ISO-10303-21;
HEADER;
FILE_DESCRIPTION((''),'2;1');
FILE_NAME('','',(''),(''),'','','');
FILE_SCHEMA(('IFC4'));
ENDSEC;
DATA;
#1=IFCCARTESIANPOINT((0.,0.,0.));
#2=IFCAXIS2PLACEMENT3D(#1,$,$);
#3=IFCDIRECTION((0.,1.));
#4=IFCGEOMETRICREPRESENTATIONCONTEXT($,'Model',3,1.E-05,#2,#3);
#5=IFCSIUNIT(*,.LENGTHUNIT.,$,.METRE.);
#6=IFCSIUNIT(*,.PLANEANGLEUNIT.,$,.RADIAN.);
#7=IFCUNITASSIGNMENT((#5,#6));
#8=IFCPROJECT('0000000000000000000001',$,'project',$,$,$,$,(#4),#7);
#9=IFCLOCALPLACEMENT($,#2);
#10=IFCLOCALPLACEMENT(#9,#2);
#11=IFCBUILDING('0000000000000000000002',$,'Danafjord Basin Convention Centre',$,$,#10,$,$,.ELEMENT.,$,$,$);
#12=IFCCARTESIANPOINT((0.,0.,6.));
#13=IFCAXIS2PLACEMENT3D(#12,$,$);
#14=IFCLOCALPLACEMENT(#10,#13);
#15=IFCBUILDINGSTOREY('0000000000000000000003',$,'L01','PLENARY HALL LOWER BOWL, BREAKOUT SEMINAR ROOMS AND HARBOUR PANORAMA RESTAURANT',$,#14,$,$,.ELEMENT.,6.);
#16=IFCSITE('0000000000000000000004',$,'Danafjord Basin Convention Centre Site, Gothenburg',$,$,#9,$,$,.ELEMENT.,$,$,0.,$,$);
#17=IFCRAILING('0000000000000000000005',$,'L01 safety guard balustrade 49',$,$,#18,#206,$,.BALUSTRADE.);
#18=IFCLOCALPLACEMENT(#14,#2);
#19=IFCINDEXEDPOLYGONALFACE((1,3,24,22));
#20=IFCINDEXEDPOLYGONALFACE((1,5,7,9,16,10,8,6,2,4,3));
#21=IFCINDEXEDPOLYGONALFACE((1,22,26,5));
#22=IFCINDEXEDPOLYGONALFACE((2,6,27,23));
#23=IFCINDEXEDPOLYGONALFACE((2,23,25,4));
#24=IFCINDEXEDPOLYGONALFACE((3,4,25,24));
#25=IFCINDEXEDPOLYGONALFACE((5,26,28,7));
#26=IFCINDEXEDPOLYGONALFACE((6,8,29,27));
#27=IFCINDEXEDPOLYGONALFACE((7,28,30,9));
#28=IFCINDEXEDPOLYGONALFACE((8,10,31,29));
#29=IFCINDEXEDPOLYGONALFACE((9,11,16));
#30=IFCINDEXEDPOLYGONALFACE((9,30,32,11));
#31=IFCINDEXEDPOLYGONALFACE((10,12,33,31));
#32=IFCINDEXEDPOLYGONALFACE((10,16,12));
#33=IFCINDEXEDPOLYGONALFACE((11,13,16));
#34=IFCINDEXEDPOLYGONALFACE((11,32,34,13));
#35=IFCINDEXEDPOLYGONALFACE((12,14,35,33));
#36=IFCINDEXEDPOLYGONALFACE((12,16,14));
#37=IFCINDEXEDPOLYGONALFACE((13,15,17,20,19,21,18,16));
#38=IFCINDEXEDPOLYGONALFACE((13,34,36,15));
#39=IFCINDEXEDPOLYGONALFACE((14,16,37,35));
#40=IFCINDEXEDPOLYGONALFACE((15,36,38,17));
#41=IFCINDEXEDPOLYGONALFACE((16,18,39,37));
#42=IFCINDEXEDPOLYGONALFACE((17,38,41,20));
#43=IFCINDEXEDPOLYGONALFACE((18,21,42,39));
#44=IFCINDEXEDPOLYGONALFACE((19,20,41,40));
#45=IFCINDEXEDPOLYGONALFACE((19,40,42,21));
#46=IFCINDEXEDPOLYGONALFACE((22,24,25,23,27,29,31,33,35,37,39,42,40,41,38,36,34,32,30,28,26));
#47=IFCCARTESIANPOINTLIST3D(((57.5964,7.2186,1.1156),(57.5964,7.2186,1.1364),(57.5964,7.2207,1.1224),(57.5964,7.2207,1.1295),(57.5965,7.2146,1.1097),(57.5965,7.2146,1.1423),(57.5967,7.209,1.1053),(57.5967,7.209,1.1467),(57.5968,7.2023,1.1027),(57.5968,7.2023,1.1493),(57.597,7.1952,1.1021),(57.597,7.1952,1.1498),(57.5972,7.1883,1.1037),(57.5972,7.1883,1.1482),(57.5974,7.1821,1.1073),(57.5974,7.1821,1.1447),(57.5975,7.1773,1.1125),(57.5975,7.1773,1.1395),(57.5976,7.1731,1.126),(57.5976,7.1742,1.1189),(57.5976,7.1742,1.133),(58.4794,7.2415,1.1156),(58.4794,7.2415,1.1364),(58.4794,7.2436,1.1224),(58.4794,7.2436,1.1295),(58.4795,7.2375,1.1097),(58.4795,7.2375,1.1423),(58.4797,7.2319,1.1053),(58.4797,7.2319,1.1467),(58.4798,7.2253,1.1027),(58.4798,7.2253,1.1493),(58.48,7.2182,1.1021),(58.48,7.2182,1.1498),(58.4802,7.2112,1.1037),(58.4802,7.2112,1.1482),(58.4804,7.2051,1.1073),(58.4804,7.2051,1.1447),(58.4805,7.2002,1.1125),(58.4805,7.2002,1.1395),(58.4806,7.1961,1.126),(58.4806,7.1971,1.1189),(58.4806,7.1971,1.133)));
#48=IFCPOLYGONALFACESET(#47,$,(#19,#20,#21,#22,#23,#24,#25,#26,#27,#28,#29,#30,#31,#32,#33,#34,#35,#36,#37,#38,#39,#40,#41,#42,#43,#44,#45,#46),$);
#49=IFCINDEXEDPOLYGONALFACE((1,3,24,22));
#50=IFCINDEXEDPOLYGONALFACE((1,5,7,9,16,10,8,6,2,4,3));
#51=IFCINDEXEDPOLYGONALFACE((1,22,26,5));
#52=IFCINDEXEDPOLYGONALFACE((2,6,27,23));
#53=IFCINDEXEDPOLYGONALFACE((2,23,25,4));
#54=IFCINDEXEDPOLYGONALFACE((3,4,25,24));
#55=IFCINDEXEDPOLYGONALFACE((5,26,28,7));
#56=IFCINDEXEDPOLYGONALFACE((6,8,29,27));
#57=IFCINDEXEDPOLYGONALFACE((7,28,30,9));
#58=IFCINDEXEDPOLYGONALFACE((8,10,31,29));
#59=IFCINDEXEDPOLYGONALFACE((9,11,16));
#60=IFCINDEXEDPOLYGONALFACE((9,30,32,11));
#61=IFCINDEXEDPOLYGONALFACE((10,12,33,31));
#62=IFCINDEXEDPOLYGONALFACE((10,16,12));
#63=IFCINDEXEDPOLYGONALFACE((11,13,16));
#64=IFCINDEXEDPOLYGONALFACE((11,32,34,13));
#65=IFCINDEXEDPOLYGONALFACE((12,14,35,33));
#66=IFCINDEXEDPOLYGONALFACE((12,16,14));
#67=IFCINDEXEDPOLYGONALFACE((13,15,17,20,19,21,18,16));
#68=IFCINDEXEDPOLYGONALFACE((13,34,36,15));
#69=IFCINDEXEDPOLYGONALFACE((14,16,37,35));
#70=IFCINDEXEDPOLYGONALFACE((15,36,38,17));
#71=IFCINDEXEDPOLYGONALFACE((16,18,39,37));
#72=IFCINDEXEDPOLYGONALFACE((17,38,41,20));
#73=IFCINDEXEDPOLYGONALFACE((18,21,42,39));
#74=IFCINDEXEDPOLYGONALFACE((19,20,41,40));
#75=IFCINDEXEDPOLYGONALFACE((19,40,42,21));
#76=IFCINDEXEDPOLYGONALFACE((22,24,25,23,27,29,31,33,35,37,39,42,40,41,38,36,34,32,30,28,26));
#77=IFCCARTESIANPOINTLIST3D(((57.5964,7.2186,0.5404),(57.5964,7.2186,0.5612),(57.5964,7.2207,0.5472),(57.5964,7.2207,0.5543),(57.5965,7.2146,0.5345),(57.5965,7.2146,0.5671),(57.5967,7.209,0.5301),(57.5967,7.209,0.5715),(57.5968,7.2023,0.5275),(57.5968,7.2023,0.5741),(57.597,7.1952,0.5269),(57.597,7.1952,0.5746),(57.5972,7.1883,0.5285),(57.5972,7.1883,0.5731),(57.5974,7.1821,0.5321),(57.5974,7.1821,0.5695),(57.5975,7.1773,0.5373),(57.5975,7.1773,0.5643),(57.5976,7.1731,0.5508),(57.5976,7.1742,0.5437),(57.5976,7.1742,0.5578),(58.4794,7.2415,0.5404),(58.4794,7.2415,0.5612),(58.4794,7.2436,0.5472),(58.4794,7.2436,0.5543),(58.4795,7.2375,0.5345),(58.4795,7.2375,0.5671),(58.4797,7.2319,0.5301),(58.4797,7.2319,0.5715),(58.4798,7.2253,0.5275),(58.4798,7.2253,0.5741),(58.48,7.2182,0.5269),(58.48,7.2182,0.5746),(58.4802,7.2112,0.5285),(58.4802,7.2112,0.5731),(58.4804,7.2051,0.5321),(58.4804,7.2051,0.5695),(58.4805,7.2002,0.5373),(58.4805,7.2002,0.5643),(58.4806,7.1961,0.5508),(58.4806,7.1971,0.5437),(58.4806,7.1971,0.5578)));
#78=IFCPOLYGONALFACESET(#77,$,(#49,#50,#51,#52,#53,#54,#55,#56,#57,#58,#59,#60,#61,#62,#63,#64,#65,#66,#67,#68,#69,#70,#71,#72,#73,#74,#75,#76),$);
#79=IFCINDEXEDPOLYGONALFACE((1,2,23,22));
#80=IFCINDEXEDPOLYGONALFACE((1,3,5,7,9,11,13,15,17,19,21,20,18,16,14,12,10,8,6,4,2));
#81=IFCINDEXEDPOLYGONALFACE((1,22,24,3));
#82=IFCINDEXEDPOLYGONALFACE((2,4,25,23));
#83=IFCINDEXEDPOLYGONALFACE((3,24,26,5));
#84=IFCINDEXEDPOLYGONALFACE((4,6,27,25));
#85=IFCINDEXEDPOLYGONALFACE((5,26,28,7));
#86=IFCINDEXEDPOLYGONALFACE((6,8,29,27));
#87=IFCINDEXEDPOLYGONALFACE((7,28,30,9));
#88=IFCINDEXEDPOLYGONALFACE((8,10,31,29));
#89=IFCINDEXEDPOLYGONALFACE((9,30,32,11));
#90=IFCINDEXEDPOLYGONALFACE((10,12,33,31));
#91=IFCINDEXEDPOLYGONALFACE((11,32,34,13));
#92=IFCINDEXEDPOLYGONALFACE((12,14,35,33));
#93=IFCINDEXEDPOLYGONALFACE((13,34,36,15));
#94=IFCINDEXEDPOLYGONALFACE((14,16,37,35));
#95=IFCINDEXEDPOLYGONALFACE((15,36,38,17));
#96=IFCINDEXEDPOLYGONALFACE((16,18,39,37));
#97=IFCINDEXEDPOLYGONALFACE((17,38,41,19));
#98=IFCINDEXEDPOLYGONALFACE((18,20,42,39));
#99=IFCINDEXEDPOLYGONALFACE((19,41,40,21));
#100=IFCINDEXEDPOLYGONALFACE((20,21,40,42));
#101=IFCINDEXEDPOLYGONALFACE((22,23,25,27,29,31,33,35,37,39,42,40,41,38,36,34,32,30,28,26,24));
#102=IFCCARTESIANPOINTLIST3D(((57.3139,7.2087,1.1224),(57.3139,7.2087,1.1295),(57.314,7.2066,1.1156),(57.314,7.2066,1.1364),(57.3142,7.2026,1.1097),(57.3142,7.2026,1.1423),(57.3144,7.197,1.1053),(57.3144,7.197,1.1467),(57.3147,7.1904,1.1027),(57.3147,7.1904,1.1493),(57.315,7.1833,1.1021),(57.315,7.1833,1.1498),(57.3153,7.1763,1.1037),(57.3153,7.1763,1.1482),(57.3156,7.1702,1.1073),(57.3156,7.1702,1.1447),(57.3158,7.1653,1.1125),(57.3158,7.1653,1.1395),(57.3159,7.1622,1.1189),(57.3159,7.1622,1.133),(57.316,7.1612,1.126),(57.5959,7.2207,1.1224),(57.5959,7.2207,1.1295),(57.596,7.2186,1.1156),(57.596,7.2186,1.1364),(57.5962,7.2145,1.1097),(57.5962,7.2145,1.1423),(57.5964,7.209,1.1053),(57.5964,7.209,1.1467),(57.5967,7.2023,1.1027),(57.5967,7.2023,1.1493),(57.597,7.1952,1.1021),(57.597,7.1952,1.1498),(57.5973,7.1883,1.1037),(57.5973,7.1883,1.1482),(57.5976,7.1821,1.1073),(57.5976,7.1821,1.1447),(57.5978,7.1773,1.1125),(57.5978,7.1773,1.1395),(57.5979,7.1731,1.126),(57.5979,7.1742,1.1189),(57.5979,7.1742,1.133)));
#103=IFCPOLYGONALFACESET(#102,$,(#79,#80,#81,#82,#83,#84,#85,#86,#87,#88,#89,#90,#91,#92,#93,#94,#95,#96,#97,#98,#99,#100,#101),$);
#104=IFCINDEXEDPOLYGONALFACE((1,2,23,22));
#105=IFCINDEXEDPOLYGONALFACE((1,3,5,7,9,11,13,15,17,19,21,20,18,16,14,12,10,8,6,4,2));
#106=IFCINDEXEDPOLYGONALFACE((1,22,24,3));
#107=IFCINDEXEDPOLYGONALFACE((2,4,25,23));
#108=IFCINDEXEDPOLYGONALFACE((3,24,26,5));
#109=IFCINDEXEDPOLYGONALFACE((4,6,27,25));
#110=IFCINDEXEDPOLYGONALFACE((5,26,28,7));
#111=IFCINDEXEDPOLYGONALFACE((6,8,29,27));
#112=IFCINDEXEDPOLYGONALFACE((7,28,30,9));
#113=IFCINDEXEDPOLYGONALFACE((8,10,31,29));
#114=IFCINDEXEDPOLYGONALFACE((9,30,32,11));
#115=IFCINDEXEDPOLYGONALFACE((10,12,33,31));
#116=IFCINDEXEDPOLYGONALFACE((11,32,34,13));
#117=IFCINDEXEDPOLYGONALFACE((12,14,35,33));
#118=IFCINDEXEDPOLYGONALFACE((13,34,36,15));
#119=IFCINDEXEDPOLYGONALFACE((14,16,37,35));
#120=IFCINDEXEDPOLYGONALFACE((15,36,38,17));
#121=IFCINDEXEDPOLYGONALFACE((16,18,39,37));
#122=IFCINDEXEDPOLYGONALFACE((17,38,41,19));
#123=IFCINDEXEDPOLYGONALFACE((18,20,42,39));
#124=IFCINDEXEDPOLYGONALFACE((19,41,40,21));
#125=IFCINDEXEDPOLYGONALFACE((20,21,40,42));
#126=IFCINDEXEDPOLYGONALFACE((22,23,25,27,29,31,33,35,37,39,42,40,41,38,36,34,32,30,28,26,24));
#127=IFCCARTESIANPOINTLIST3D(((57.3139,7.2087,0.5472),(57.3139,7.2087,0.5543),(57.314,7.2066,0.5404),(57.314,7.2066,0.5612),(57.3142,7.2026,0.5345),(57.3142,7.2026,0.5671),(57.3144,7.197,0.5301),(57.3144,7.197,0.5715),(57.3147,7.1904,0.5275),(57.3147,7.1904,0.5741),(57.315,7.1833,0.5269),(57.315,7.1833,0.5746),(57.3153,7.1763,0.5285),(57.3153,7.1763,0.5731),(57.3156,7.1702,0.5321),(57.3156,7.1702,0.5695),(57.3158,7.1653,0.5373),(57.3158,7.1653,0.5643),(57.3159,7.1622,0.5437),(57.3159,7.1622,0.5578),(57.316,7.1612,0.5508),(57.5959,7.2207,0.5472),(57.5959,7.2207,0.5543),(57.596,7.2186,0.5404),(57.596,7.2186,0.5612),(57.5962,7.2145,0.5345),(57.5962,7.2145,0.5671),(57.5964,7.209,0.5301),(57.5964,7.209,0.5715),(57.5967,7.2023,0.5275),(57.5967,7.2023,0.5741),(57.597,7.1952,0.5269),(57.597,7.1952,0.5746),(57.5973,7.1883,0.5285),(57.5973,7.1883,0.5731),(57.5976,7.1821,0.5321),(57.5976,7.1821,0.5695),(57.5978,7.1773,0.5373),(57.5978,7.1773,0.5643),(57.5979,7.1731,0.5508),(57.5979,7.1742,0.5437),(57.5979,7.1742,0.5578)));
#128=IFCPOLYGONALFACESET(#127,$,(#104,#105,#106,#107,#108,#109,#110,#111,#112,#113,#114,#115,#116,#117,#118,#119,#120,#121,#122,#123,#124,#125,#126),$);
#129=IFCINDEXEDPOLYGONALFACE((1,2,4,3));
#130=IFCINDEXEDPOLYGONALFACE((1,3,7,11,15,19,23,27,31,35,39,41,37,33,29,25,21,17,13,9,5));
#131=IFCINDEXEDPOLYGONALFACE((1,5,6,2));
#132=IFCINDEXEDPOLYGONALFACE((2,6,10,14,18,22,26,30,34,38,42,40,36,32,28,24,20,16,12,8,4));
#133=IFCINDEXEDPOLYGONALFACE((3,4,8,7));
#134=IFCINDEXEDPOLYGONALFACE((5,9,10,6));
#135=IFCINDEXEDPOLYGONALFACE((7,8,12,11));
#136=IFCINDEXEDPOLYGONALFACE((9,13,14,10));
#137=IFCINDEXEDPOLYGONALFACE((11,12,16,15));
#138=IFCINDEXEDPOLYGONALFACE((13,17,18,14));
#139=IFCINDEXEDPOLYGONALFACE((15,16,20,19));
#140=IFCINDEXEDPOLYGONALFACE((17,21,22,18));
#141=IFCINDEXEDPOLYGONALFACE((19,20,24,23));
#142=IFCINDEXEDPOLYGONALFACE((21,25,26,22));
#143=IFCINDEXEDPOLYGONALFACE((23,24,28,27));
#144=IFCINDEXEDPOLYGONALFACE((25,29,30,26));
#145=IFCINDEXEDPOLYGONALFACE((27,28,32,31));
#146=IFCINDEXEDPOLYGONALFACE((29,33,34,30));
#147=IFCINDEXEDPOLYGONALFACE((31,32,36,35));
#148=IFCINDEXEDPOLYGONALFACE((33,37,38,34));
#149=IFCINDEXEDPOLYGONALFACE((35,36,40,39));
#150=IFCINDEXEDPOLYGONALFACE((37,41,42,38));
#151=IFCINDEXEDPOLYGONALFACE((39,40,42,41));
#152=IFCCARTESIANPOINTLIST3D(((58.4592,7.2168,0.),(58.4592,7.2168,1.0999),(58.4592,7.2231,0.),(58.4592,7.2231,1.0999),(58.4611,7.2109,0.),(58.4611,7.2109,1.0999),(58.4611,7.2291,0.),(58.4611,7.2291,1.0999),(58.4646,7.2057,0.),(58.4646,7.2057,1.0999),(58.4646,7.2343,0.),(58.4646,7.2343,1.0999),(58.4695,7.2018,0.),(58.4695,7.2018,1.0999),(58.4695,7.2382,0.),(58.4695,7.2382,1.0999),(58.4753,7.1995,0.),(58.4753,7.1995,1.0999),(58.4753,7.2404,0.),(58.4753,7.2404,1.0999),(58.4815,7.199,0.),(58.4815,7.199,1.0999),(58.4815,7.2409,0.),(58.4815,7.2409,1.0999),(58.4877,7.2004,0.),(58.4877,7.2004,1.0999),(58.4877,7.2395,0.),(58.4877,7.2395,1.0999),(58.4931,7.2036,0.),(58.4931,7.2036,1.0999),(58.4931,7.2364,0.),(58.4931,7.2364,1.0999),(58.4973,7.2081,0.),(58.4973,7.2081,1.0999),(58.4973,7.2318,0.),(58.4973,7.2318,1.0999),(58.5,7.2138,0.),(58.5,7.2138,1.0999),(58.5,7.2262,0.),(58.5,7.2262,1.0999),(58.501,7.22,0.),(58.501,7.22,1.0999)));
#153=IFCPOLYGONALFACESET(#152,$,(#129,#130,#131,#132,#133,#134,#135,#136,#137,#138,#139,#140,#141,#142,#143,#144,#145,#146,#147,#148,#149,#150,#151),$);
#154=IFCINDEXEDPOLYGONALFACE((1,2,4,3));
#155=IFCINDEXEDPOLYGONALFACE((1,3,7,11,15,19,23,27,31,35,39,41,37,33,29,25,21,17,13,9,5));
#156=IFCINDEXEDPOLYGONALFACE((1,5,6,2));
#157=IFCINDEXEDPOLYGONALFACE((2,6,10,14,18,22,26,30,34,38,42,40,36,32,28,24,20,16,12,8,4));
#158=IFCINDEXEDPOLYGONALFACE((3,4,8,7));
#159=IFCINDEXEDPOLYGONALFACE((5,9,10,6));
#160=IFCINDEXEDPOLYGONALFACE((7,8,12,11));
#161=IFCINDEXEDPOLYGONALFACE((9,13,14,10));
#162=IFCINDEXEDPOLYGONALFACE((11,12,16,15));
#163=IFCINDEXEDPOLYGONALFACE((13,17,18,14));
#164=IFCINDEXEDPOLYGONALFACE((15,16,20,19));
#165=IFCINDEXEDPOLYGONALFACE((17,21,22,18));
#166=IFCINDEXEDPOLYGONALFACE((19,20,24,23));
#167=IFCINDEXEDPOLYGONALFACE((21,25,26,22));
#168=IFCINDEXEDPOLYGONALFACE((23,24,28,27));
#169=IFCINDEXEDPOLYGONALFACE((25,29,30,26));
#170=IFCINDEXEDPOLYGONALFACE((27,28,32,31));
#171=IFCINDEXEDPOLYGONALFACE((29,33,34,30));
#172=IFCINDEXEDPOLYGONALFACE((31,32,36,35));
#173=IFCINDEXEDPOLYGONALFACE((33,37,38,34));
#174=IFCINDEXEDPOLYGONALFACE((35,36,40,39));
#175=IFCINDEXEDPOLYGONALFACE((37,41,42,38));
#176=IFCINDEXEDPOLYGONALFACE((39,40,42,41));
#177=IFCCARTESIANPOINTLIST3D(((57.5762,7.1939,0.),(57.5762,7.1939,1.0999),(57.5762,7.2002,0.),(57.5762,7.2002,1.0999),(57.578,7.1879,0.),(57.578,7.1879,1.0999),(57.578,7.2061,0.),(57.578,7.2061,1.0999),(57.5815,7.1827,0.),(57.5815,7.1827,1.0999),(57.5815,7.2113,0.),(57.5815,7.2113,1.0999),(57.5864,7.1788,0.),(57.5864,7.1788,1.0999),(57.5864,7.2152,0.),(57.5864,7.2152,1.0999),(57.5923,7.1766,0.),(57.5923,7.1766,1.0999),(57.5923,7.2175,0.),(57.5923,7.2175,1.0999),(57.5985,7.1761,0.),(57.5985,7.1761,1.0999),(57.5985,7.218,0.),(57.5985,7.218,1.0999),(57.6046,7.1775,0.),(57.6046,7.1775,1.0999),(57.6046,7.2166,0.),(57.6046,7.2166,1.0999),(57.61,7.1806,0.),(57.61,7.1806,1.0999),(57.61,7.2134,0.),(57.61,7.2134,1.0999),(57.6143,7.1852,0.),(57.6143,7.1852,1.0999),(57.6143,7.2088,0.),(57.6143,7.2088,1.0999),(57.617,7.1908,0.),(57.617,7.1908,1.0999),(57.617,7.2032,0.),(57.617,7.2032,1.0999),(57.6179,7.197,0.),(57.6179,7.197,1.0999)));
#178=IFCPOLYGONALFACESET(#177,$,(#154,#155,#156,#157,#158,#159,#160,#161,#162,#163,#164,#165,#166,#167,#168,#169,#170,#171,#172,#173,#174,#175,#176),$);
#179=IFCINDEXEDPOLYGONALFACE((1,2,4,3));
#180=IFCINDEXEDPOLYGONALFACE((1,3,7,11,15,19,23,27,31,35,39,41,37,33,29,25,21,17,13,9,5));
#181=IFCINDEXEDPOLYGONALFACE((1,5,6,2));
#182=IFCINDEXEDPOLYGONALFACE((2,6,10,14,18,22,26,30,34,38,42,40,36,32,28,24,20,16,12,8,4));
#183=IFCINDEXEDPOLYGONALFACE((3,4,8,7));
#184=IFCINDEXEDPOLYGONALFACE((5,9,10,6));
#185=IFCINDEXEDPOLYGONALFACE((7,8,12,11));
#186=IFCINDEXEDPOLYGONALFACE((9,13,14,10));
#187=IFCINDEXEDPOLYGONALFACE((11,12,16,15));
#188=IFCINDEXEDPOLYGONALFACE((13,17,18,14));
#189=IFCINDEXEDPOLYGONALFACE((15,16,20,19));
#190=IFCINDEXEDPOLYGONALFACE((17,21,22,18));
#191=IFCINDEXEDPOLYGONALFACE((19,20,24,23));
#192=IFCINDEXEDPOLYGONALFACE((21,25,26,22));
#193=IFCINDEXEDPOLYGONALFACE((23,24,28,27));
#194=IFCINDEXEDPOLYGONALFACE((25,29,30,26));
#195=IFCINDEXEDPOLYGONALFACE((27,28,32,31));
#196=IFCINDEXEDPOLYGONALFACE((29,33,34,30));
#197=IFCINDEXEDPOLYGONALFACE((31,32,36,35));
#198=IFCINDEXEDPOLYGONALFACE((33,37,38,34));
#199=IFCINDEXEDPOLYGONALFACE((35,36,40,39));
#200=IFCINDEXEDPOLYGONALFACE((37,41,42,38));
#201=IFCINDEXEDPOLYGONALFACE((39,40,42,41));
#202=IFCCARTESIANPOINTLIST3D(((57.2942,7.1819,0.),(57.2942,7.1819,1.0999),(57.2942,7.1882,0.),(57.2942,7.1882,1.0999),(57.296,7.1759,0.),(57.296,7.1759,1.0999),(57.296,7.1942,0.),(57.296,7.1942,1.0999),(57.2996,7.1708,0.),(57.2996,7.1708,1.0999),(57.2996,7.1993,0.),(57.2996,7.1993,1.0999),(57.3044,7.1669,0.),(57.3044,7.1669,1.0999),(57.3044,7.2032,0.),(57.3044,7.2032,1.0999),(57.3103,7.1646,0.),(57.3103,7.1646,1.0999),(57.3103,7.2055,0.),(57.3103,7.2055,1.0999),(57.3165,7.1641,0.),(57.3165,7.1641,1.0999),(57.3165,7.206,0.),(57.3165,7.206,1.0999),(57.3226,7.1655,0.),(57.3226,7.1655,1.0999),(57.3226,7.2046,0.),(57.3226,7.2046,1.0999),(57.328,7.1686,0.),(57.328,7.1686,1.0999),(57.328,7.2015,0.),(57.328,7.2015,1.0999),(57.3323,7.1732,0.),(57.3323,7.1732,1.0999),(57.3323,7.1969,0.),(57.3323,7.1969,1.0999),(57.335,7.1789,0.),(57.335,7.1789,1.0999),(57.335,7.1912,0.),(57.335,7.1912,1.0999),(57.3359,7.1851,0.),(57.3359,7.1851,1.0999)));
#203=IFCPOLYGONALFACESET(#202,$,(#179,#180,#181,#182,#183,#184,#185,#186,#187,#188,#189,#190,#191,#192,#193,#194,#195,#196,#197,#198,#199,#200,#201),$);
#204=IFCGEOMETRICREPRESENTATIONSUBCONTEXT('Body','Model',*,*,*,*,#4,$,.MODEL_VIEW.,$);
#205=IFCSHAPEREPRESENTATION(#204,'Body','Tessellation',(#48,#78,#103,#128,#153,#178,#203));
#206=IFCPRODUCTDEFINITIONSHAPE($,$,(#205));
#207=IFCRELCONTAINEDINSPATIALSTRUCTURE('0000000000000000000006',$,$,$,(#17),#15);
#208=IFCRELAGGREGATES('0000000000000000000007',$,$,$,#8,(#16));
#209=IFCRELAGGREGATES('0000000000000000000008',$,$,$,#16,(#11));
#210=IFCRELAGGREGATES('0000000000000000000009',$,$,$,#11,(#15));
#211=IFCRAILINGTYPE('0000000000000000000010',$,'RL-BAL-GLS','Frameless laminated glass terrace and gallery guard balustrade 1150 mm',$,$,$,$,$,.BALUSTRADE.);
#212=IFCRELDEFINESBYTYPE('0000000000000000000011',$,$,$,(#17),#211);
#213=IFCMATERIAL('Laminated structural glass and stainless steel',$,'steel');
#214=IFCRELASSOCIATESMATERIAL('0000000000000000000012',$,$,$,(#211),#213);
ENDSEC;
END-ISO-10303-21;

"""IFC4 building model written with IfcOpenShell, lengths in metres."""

from ifc_helpers import new_model, si_unit, direction, frame, origin, origin_2d, place, context, subcontext, project, spatial, circle, extrude, material, type_object, element, save


model = new_model("IFC4")

# Units and contexts
model_context = context("Model", 3, precision=1e-05, world=origin(), true_north=direction((0.0, 1.0)))
body_context = subcontext(model_context, "Body", "Model", "MODEL_VIEW")
ifc_project = project(units=[si_unit("LENGTHUNIT", "METRE"), si_unit("PLANEANGLEUNIT", "RADIAN")], contexts=[model_context])

# Site, building, storey
site_placement = place(None, origin())
site = spatial("IfcSite", under=ifc_project, at=site_placement, Name="Danafjord Basin Convention Centre Site, Gothenburg", CompositionType="ELEMENT", RefElevation=0.0)
building_placement = place(site_placement, origin())
building = spatial("IfcBuilding", under=site, at=building_placement, Name="Danafjord Basin Convention Centre", CompositionType="ELEMENT")
storey_placement = place(building_placement, frame((0.0, 0.0, 6.0)))
storey = spatial("IfcBuildingStorey", under=building, at=storey_placement, Name="L01", Description="PLENARY HALL LOWER BOWL, BREAKOUT SEMINAR ROOMS AND HARBOUR PANORAMA RESTAURANT", CompositionType="ELEMENT", Elevation=6.0)

# Railing
ifc_material_1 = material(Name="Laminated structural glass and stainless steel", Category="steel")
railing_type_1 = type_object("IfcRailingType", Name="RL-BAL-GLS", Description="Frameless laminated glass terrace and gallery guard balustrade 1150 mm", PredefinedType="BALUSTRADE", material=ifc_material_1)
railing_1_placement = place(storey_placement, frame((58.48, 7.22, 0.0)))
element("IfcRailing", 1, at=railing_1_placement, inside=storey, type_object=railing_type_1, Name="L01 safety guard balustrade 49", PredefinedType="BALUSTRADE", context=body_context, shape_type="SweptSolid", body=[
    extrude(circle(Radius=0.0239, at=origin_2d()), frame((0.0, 0.0, 1.126), z_axis=(-0.999662, -0.02598, 0.0), x_axis=(0.02598, -0.999662, 0.0)), (0.0, 0.0, 1.0), 0.8833),
    extrude(circle(Radius=0.0239, at=origin_2d()), frame((0.0, 0.0, 0.5508), z_axis=(-0.999662, -0.02598, 0.0), x_axis=(0.02598, -0.999662, 0.0)), (0.0, 0.0, 1.0), 0.8833),
    extrude(circle(Radius=0.0239, at=origin_2d()), frame((-0.8831, -0.0229, 1.126), z_axis=(-0.999101, -0.042386, 0.0), x_axis=(0.042386, -0.999101, 0.0)), (0.0, 0.0, 1.0), 0.2822),
    extrude(circle(Radius=0.0239, at=origin_2d()), frame((-0.8831, -0.0229, 0.5508), z_axis=(-0.999101, -0.042386, 0.0), x_axis=(0.042386, -0.999101, 0.0)), (0.0, 0.0, 1.0), 0.2822),
    extrude(circle(Radius=0.021, at=origin_2d()), origin(), (0.0, 0.0, 1.0), 1.0999),
    extrude(circle(Radius=0.021, at=origin_2d()), frame((-0.8831, -0.0229, 0.0)), (0.0, 0.0, 1.0), 1.0999),
    extrude(circle(Radius=0.021, at=origin_2d()), frame((-1.165, -0.0349, 0.0)), (0.0, 0.0, 1.0), 1.0999),
])

save(model, "model.ifc")
